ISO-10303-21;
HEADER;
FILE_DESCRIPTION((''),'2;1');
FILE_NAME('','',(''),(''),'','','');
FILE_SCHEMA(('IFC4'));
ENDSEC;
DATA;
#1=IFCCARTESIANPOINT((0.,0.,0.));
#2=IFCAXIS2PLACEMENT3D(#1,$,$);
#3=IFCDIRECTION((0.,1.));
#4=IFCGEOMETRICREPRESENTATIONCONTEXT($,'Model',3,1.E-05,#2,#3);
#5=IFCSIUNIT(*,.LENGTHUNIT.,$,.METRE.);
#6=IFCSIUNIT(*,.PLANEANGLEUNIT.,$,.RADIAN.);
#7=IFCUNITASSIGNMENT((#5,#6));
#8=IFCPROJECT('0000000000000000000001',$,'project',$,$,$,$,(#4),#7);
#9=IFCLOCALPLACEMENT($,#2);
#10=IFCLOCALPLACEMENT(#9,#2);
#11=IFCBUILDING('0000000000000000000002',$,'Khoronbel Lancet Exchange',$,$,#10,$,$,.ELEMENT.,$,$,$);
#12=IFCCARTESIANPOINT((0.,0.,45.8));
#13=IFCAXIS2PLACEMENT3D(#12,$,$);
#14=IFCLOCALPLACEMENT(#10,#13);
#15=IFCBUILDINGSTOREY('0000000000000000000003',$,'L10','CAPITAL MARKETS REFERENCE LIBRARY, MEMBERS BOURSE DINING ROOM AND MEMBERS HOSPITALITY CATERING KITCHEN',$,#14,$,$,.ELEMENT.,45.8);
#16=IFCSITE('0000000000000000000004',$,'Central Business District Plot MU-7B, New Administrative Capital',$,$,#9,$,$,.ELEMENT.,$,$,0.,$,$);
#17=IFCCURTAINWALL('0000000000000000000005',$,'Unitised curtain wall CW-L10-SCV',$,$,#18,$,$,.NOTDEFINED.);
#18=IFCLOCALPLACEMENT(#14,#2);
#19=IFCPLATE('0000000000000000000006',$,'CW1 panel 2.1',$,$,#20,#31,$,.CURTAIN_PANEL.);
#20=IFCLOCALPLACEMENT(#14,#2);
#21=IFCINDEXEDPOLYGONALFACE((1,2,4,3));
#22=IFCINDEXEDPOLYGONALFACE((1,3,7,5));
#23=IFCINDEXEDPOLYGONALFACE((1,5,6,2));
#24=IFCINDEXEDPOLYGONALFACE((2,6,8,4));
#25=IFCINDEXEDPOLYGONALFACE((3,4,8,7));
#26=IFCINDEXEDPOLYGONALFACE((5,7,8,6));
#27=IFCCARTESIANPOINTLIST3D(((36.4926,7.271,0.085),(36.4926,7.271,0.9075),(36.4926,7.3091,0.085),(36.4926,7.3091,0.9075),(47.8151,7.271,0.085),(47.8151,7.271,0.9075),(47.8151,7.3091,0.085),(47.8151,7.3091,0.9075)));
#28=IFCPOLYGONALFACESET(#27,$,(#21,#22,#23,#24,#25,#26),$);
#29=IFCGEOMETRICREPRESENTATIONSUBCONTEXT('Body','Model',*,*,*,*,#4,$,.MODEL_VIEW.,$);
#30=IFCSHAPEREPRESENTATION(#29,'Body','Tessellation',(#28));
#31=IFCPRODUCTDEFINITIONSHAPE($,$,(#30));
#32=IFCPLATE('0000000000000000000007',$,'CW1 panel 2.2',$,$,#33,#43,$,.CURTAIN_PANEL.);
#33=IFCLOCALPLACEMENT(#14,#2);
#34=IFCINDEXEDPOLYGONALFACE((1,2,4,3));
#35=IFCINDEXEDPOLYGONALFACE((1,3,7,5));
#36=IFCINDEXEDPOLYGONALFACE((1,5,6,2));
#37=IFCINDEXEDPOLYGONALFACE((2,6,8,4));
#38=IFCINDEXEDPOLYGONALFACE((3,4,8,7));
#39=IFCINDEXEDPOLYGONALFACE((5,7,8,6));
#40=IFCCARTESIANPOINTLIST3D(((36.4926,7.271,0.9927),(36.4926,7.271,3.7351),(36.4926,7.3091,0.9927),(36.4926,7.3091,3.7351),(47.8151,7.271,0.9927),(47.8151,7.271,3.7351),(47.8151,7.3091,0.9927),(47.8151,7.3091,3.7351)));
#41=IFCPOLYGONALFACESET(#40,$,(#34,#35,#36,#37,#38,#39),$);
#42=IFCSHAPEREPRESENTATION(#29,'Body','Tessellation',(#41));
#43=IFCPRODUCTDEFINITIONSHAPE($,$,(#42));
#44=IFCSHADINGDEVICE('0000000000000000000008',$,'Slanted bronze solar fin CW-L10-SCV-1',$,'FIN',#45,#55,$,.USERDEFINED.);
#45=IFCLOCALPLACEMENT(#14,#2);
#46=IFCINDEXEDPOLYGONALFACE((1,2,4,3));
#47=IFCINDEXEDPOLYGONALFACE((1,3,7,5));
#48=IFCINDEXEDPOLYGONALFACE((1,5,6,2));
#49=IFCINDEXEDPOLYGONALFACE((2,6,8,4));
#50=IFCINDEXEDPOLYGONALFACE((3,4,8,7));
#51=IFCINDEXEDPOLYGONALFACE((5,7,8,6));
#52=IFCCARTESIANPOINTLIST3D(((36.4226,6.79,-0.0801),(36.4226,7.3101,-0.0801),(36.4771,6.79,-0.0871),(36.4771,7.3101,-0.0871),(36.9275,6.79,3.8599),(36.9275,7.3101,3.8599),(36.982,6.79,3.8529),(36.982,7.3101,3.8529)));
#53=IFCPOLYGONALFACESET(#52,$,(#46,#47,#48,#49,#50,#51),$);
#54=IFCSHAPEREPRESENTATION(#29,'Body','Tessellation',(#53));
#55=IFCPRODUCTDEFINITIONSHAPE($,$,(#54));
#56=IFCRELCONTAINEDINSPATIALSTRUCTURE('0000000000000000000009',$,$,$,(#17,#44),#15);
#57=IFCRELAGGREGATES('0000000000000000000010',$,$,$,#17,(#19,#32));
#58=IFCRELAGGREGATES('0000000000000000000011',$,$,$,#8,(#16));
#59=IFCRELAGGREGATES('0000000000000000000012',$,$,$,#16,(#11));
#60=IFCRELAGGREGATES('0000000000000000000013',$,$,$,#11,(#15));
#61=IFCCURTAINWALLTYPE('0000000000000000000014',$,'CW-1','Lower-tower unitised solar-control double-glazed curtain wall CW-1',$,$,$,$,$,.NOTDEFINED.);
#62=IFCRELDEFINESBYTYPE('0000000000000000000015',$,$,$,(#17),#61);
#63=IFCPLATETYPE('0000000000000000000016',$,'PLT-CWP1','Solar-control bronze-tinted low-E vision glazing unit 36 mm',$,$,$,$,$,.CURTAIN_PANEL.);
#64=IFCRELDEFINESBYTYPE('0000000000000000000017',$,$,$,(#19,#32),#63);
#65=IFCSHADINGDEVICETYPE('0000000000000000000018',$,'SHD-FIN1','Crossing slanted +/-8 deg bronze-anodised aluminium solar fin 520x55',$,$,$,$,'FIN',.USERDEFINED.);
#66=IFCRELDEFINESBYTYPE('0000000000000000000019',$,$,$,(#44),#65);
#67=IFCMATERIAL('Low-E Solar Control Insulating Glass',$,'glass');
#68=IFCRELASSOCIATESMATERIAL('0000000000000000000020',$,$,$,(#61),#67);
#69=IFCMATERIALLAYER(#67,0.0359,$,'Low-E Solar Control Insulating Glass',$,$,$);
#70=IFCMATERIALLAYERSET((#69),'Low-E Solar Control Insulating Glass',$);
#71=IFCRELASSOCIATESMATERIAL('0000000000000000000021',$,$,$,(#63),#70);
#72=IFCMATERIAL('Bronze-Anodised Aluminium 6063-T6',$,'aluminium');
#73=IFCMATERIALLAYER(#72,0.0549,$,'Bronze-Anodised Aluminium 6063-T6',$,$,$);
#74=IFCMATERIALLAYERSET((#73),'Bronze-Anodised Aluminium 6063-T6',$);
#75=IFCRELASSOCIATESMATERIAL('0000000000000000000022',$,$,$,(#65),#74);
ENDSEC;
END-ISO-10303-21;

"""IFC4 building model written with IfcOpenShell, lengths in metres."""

from ifc_helpers import new_model, si_unit, direction, frame, origin, origin_2d, place, context, subcontext, project, spatial, polyline, rectangle, outline, extrude, material, layer, layer_set, type_object, element, aggregate, save


model = new_model("IFC4")

# Units and contexts
model_context = context("Model", 3, precision=1e-05, world=origin(), true_north=direction((0.0, 1.0)))
body_context = subcontext(model_context, "Body", "Model", "MODEL_VIEW")
ifc_project = project(units=[si_unit("LENGTHUNIT", "METRE"), si_unit("PLANEANGLEUNIT", "RADIAN")], contexts=[model_context])

# Site, building, storey
site_placement = place(None, origin())
site = spatial("IfcSite", under=ifc_project, at=site_placement, Name="Central Business District Plot MU-7B, New Administrative Capital", CompositionType="ELEMENT", RefElevation=0.0)
building_placement = place(site_placement, origin())
building = spatial("IfcBuilding", under=site, at=building_placement, Name="Khoronbel Lancet Exchange", CompositionType="ELEMENT")
storey_placement = place(building_placement, frame((0.0, 0.0, 45.8)))
storey = spatial("IfcBuildingStorey", under=building, at=storey_placement, Name="L10", Description="CAPITAL MARKETS REFERENCE LIBRARY, MEMBERS BOURSE DINING ROOM AND MEMBERS HOSPITALITY CATERING KITCHEN", CompositionType="ELEMENT", Elevation=45.8)

# Curtain wall
ifc_material_1 = material(Name="Low-E Solar Control Insulating Glass", Category="glass")
curtain_wall_type = type_object("IfcCurtainWallType", Name="CW-1", Description="Lower-tower unitised solar-control double-glazed curtain wall CW-1", PredefinedType="NOTDEFINED", material=ifc_material_1)
curtain_wall_1_placement = place(storey_placement, origin())
curtain_wall_1 = element("IfcCurtainWall", 1, at=curtain_wall_1_placement, inside=storey, type_object=curtain_wall_type, Name="Unitised curtain wall CW-L10-SCV", PredefinedType="NOTDEFINED")
ifc_material_2 = material(Name="Bronze-Anodised Aluminium 6063-T6", Category="aluminium")

# Plates
ifc_layer_1 = layer(ifc_material_1, 0.0359, Name="Low-E Solar Control Insulating Glass")
ifc_layer_set_1 = layer_set([ifc_layer_1], Name="Low-E Solar Control Insulating Glass")
plate_type_1 = type_object("IfcPlateType", Name="PLT-CWP1", Description="Solar-control bronze-tinted low-E vision glazing unit 36 mm", PredefinedType="CURTAIN_PANEL", material=ifc_layer_set_1)
plate_1_placement = place(storey_placement, frame((42.1538, 7.29, 0.085), z_axis=(0.0, 0.0, 1.0), x_axis=(1.0, 0.0, 0.0)))
plate_1 = element("IfcPlate", 2, at=plate_1_placement, type_object=plate_type_1, Name="CW1 panel 2.1", PredefinedType="CURTAIN_PANEL", context=body_context, shape_type="SweptSolid", body=[
    extrude(rectangle(XDim=11.3225, YDim=0.0381, at=origin_2d()), origin(), (0.0, 0.0, 1.0), 0.8225),
])
plate_2_placement = place(storey_placement, frame((42.1538, 7.29, 0.9927), z_axis=(0.0, 0.0, 1.0), x_axis=(1.0, 0.0, 0.0)))
plate_2 = element("IfcPlate", 3, at=plate_2_placement, type_object=plate_type_1, Name="CW1 panel 2.2", PredefinedType="CURTAIN_PANEL", context=body_context, shape_type="SweptSolid", body=[
    extrude(rectangle(XDim=11.3225, YDim=0.0381, at=origin_2d()), origin(), (0.0, 0.0, 1.0), 2.7424),
])
aggregate(curtain_wall_1, [plate_1, plate_2])

# Shading device
ifc_layer_2 = layer(ifc_material_2, 0.0549, Name="Bronze-Anodised Aluminium 6063-T6")
ifc_layer_set_2 = layer_set([ifc_layer_2], Name="Bronze-Anodised Aluminium 6063-T6")
shading_device_type = type_object("IfcShadingDeviceType", Name="SHD-FIN1", Description="Crossing slanted +/-8 deg bronze-anodised aluminium solar fin 520x55", ElementType="FIN", PredefinedType="USERDEFINED", material=ifc_layer_set_2)
shading_device_placement = place(storey_placement, frame((36.4226, 7.3101, -0.0801), z_axis=(-0.991889, 0.0, 0.127105), x_axis=(0.0, -1.0, 0.0)))
element("IfcShadingDevice", 4, at=shading_device_placement, inside=storey, type_object=shading_device_type, Name="Slanted bronze solar fin CW-L10-SCV-1", ObjectType="FIN", PredefinedType="USERDEFINED", context=body_context, shape_type="SweptSolid", body=[
    extrude(outline(polyline([(0.0, 0.0), (0.52, 0.0), (0.52, 3.9722), (0.0, 3.9722), (0.0, 0.0)])), origin(), (0.0, 0.0, -1.0), 0.0549),
])

save(model, "model.ifc")
